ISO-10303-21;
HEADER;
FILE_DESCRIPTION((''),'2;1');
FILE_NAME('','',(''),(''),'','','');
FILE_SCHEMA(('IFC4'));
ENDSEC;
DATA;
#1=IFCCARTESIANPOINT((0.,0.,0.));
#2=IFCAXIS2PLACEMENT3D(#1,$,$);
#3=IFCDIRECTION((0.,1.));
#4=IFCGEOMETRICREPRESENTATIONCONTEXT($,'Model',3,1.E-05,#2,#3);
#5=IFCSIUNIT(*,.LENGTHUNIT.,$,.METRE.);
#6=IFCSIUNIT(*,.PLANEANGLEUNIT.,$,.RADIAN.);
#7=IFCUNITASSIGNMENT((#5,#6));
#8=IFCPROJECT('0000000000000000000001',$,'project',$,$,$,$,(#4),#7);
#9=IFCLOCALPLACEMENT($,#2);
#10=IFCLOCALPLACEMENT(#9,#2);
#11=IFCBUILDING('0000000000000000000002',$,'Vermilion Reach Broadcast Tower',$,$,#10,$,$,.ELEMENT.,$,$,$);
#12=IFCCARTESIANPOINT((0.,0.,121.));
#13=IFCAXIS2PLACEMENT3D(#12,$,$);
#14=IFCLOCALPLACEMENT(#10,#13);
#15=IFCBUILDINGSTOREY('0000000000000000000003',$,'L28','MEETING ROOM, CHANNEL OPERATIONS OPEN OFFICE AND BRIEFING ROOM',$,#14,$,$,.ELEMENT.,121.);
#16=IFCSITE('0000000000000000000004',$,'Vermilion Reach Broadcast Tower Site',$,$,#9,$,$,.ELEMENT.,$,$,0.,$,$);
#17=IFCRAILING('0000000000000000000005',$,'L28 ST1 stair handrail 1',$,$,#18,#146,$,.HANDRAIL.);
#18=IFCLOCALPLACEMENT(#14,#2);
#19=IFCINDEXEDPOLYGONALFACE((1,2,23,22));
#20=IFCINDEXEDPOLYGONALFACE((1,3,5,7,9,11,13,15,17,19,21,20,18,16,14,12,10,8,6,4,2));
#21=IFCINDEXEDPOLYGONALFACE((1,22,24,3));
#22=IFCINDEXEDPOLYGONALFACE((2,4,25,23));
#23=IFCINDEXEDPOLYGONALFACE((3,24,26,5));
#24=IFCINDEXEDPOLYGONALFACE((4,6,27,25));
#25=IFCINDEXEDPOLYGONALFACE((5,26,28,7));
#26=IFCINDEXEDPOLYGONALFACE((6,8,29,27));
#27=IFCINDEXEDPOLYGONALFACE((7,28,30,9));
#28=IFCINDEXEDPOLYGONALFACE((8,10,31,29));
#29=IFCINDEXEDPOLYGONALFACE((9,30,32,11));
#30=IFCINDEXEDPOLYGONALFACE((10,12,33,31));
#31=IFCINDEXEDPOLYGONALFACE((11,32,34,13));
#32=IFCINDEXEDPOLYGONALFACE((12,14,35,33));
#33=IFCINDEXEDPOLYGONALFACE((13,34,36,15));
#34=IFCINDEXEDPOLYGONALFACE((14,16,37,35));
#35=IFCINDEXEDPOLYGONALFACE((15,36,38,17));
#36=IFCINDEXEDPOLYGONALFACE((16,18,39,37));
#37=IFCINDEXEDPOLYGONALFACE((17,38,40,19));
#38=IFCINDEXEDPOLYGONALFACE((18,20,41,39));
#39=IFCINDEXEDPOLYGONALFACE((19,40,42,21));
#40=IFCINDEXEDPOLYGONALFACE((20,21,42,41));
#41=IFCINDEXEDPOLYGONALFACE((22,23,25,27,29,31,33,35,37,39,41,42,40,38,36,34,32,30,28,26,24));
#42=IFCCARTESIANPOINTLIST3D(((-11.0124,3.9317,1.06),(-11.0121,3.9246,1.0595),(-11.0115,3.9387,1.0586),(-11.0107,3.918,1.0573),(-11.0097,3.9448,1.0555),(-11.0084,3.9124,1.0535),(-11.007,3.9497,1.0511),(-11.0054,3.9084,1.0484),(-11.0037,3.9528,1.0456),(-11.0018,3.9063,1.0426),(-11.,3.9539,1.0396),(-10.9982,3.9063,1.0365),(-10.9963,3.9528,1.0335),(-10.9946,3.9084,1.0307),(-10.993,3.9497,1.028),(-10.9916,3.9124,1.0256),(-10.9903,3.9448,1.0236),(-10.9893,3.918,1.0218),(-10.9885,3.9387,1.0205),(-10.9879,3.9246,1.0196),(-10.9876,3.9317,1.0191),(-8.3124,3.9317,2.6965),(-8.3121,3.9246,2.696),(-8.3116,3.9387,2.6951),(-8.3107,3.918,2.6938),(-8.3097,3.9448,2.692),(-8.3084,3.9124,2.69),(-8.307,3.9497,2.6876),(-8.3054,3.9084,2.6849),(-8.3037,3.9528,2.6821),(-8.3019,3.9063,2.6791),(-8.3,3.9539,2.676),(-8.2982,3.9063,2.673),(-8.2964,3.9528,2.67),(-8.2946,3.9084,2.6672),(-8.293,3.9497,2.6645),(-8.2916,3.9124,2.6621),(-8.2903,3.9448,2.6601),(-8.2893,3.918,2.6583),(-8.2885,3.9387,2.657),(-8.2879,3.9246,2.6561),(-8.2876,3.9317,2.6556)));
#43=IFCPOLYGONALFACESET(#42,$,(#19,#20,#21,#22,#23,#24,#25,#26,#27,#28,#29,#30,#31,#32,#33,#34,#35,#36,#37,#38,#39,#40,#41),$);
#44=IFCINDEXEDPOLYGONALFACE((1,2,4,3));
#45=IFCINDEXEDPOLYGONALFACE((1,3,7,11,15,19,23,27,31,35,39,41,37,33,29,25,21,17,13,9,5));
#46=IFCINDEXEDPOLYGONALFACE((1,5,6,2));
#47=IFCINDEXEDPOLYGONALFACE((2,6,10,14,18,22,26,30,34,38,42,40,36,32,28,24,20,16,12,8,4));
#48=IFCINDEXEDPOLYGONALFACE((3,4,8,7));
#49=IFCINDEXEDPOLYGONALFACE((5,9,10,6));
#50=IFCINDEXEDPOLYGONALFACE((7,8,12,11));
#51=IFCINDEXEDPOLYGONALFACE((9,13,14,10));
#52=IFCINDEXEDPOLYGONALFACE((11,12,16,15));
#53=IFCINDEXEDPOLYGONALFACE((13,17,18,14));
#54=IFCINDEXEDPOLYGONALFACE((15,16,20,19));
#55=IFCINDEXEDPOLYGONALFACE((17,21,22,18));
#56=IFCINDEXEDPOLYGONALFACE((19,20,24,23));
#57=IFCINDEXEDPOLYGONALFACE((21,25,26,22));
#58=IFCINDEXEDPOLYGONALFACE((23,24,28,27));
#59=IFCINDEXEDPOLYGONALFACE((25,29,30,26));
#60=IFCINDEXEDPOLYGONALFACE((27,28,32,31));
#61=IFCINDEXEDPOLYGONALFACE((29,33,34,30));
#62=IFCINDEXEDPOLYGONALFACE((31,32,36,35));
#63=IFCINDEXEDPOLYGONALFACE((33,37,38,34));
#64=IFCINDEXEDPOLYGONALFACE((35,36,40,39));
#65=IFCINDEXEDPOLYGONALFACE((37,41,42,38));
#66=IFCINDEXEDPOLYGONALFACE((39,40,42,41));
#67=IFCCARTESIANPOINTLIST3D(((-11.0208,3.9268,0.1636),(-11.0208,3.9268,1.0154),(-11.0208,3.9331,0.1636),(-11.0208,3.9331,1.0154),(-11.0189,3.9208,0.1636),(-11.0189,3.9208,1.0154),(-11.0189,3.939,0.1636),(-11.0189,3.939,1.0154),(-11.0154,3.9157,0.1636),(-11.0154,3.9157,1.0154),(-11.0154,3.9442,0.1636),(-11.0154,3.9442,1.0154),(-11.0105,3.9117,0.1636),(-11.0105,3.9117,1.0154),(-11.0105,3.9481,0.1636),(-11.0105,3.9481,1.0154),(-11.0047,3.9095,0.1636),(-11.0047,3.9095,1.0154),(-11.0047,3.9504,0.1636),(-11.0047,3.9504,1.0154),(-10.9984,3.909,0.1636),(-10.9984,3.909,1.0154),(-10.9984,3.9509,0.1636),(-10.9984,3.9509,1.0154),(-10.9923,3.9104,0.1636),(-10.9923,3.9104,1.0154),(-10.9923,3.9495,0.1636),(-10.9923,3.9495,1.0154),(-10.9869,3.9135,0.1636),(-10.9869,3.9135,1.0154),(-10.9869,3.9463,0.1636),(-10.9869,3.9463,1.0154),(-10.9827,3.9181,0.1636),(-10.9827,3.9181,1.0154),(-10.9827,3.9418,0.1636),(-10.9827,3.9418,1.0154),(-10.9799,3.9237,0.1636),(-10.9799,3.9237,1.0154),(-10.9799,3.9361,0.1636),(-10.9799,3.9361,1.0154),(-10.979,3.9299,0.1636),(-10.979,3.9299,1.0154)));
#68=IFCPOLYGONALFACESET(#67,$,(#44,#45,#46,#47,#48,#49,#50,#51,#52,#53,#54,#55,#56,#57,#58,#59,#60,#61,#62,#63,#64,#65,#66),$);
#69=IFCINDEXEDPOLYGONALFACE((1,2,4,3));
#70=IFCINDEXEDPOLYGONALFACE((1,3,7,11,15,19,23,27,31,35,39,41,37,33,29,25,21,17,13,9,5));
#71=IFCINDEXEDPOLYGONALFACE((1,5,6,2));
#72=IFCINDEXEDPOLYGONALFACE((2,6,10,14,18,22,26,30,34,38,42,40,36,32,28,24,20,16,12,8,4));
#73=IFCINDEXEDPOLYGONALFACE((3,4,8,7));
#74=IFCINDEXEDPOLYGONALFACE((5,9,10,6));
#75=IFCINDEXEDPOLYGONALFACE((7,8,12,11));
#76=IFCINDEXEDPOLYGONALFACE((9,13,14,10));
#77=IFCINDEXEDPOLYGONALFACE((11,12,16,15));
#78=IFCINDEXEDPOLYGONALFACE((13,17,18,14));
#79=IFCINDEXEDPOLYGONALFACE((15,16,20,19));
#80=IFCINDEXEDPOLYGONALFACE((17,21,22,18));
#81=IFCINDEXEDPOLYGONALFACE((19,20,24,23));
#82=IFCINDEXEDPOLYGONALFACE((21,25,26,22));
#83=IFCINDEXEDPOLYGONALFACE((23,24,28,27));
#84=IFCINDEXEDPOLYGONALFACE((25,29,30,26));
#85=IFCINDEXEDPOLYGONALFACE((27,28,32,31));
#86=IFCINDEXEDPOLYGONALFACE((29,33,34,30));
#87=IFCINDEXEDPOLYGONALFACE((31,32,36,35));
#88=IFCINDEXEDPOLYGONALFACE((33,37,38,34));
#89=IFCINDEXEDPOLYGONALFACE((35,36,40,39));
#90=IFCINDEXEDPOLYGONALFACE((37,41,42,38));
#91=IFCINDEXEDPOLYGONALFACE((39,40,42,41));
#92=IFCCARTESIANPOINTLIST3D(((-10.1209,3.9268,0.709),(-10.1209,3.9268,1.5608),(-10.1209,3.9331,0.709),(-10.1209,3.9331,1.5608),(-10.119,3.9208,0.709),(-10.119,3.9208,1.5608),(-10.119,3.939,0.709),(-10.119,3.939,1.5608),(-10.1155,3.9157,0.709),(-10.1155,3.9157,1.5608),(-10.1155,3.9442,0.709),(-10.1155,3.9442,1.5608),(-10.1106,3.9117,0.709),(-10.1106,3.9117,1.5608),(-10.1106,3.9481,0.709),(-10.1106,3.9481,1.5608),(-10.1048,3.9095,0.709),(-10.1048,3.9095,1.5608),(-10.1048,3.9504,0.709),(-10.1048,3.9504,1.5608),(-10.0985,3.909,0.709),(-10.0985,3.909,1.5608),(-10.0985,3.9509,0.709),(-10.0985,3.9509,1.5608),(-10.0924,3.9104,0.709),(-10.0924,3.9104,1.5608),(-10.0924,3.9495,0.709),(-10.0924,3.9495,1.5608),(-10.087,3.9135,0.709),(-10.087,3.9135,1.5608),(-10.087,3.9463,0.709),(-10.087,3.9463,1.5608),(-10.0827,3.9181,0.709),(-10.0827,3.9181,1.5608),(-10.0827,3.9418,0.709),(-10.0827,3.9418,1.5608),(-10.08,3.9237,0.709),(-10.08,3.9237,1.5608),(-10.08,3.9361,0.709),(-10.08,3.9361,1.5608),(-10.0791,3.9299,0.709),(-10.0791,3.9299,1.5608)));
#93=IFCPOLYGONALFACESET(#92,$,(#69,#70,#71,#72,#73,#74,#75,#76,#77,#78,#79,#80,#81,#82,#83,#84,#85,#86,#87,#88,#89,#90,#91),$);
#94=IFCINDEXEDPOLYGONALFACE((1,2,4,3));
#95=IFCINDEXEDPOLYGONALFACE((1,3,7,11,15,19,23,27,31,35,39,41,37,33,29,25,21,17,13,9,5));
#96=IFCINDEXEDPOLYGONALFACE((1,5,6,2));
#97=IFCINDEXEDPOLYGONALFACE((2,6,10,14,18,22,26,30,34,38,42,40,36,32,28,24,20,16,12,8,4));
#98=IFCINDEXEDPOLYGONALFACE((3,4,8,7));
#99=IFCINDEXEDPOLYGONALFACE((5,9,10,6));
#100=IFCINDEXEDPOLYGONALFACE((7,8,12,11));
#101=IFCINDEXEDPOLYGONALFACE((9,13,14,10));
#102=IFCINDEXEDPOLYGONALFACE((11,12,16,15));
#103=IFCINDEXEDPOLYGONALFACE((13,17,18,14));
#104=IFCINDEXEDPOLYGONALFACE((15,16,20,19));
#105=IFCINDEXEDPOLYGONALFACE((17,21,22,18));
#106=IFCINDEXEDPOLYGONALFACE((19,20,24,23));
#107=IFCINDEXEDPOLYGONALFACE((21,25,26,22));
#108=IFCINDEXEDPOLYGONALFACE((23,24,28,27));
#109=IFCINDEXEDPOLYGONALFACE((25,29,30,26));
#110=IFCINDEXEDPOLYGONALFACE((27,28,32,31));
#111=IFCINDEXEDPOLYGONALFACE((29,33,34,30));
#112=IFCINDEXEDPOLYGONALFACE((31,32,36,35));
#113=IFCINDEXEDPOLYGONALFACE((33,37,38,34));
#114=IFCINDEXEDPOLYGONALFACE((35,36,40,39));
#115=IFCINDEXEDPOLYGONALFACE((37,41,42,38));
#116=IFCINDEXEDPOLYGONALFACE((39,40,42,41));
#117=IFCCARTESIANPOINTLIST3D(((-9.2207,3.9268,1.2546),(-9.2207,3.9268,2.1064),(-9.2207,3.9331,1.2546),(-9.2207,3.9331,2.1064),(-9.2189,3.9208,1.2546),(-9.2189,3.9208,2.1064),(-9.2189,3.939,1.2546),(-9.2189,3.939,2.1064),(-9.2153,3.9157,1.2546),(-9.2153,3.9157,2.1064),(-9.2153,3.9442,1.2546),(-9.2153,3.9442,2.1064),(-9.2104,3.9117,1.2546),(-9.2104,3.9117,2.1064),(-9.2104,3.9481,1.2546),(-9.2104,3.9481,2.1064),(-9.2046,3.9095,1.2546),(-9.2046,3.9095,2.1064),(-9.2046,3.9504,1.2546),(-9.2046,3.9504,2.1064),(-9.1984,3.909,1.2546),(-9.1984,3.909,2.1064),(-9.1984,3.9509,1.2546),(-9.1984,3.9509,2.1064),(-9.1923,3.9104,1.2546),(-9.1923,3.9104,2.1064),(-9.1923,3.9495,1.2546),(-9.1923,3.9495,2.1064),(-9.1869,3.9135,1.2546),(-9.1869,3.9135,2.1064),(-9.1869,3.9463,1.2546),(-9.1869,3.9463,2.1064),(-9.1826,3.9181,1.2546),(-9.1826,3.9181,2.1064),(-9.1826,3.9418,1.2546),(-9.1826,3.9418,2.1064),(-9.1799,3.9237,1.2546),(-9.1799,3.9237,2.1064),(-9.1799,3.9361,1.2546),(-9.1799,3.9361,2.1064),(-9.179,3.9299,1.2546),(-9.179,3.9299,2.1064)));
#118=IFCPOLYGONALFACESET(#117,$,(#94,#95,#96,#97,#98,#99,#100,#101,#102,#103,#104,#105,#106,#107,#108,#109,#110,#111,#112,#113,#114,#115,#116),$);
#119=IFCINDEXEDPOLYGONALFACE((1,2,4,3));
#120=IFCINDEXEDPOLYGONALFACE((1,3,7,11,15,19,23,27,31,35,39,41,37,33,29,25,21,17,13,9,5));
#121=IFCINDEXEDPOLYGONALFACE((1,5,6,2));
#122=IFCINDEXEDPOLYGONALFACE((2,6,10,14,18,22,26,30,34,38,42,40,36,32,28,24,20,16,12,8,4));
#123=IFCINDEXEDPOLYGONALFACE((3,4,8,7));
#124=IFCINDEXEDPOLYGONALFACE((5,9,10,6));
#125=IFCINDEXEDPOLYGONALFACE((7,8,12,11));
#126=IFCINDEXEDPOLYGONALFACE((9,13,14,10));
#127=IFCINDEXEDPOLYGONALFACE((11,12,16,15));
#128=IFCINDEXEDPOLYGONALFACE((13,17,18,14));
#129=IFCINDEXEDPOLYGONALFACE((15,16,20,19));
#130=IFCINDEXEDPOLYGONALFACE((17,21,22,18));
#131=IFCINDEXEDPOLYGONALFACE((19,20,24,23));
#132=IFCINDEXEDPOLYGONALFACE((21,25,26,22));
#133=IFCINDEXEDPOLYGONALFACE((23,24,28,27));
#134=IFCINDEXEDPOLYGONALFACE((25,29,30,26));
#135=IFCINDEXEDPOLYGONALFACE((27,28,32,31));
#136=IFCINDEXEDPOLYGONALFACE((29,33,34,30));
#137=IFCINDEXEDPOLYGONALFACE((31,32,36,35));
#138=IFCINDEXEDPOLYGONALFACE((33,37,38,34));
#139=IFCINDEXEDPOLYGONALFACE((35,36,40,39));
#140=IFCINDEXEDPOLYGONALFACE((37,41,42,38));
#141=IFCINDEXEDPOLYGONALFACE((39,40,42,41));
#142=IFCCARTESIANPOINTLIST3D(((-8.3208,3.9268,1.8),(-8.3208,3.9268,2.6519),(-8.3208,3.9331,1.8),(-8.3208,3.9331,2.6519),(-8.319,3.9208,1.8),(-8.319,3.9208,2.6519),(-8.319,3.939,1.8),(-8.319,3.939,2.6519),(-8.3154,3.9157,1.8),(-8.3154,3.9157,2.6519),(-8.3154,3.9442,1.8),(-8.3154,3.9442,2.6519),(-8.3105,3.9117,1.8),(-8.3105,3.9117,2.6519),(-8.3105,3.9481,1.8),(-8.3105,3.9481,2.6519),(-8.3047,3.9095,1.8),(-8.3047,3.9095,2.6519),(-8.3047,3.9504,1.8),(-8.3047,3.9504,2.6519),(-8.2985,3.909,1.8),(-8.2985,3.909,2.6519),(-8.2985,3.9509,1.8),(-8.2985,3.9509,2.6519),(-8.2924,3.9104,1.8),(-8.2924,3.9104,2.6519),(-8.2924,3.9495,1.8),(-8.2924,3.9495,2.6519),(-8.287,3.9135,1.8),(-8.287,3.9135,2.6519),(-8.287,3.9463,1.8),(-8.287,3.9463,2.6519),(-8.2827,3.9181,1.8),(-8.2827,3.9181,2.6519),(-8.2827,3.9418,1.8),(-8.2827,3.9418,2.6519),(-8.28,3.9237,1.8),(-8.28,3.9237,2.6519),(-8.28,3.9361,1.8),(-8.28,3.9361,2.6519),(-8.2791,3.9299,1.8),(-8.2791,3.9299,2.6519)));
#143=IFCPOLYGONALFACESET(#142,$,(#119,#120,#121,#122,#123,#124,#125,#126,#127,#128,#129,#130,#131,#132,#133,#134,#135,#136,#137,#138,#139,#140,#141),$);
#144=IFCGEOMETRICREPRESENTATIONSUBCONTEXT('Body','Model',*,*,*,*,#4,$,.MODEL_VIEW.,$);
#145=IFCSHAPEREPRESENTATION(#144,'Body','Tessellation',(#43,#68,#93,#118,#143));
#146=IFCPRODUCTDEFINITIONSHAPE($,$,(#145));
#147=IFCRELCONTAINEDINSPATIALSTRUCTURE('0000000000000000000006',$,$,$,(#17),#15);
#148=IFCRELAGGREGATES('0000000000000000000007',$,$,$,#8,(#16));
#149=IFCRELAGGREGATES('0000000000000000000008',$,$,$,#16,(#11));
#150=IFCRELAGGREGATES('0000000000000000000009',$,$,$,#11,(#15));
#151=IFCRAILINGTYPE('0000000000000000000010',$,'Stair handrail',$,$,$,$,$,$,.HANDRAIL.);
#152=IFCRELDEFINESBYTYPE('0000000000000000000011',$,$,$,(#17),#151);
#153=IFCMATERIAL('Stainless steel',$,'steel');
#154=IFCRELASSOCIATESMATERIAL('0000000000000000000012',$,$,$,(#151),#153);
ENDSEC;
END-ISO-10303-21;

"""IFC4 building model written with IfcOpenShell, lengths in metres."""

from ifc_helpers import new_model, si_unit, direction, frame, origin, origin_2d, place, context, subcontext, project, spatial, circle, extrude, material, type_object, element, save


model = new_model("IFC4")

# Units and contexts
model_context = context("Model", 3, precision=1e-05, world=origin(), true_north=direction((0.0, 1.0)))
body_context = subcontext(model_context, "Body", "Model", "MODEL_VIEW")
ifc_project = project(units=[si_unit("LENGTHUNIT", "METRE"), si_unit("PLANEANGLEUNIT", "RADIAN")], contexts=[model_context])

# Site, building, storey
site_placement = place(None, origin())
site = spatial("IfcSite", under=ifc_project, at=site_placement, Name="Vermilion Reach Broadcast Tower Site", CompositionType="ELEMENT", RefElevation=0.0)
building_placement = place(site_placement, origin())
building = spatial("IfcBuilding", under=site, at=building_placement, Name="Vermilion Reach Broadcast Tower", CompositionType="ELEMENT")
storey_placement = place(building_placement, frame((0.0, 0.0, 121.0)))
storey = spatial("IfcBuildingStorey", under=building, at=storey_placement, Name="L28", Description="MEETING ROOM, CHANNEL OPERATIONS OPEN OFFICE AND BRIEFING ROOM", CompositionType="ELEMENT", Elevation=121.0)

# Railing
ifc_material_1 = material(Name="Stainless steel", Category="steel")
railing_type_1 = type_object("IfcRailingType", Name="Stair handrail", PredefinedType="HANDRAIL", material=ifc_material_1)
railing_1_placement = place(storey_placement, frame((-11.0, 3.9299, 0.1636)))
element("IfcRailing", 1, at=railing_1_placement, inside=storey, type_object=railing_type_1, Name="L28 ST1 stair handrail 1", PredefinedType="HANDRAIL", context=body_context, shape_type="SweptSolid", body=[
    extrude(circle(Radius=0.0239, at=origin_2d()), frame((0.0, 0.0, 0.876), z_axis=(0.855178, 0.0, 0.518334), x_axis=(0.0, 1.0, 0.0)), (0.0, 0.0, 1.0), 3.1572),
    extrude(circle(Radius=0.021, at=origin_2d()), origin(), (0.0, 0.0, 1.0), 0.8518),
    extrude(circle(Radius=0.021, at=origin_2d()), frame((0.8999, 0.0, 0.5454)), (0.0, 0.0, 1.0), 0.8518),
    extrude(circle(Radius=0.021, at=origin_2d()), frame((1.8, 0.0, 1.0911)), (0.0, 0.0, 1.0), 0.8518),
    extrude(circle(Radius=0.021, at=origin_2d()), frame((2.7, 0.0, 1.6365)), (0.0, 0.0, 1.0), 0.8518),
])

save(model, "model.ifc")
